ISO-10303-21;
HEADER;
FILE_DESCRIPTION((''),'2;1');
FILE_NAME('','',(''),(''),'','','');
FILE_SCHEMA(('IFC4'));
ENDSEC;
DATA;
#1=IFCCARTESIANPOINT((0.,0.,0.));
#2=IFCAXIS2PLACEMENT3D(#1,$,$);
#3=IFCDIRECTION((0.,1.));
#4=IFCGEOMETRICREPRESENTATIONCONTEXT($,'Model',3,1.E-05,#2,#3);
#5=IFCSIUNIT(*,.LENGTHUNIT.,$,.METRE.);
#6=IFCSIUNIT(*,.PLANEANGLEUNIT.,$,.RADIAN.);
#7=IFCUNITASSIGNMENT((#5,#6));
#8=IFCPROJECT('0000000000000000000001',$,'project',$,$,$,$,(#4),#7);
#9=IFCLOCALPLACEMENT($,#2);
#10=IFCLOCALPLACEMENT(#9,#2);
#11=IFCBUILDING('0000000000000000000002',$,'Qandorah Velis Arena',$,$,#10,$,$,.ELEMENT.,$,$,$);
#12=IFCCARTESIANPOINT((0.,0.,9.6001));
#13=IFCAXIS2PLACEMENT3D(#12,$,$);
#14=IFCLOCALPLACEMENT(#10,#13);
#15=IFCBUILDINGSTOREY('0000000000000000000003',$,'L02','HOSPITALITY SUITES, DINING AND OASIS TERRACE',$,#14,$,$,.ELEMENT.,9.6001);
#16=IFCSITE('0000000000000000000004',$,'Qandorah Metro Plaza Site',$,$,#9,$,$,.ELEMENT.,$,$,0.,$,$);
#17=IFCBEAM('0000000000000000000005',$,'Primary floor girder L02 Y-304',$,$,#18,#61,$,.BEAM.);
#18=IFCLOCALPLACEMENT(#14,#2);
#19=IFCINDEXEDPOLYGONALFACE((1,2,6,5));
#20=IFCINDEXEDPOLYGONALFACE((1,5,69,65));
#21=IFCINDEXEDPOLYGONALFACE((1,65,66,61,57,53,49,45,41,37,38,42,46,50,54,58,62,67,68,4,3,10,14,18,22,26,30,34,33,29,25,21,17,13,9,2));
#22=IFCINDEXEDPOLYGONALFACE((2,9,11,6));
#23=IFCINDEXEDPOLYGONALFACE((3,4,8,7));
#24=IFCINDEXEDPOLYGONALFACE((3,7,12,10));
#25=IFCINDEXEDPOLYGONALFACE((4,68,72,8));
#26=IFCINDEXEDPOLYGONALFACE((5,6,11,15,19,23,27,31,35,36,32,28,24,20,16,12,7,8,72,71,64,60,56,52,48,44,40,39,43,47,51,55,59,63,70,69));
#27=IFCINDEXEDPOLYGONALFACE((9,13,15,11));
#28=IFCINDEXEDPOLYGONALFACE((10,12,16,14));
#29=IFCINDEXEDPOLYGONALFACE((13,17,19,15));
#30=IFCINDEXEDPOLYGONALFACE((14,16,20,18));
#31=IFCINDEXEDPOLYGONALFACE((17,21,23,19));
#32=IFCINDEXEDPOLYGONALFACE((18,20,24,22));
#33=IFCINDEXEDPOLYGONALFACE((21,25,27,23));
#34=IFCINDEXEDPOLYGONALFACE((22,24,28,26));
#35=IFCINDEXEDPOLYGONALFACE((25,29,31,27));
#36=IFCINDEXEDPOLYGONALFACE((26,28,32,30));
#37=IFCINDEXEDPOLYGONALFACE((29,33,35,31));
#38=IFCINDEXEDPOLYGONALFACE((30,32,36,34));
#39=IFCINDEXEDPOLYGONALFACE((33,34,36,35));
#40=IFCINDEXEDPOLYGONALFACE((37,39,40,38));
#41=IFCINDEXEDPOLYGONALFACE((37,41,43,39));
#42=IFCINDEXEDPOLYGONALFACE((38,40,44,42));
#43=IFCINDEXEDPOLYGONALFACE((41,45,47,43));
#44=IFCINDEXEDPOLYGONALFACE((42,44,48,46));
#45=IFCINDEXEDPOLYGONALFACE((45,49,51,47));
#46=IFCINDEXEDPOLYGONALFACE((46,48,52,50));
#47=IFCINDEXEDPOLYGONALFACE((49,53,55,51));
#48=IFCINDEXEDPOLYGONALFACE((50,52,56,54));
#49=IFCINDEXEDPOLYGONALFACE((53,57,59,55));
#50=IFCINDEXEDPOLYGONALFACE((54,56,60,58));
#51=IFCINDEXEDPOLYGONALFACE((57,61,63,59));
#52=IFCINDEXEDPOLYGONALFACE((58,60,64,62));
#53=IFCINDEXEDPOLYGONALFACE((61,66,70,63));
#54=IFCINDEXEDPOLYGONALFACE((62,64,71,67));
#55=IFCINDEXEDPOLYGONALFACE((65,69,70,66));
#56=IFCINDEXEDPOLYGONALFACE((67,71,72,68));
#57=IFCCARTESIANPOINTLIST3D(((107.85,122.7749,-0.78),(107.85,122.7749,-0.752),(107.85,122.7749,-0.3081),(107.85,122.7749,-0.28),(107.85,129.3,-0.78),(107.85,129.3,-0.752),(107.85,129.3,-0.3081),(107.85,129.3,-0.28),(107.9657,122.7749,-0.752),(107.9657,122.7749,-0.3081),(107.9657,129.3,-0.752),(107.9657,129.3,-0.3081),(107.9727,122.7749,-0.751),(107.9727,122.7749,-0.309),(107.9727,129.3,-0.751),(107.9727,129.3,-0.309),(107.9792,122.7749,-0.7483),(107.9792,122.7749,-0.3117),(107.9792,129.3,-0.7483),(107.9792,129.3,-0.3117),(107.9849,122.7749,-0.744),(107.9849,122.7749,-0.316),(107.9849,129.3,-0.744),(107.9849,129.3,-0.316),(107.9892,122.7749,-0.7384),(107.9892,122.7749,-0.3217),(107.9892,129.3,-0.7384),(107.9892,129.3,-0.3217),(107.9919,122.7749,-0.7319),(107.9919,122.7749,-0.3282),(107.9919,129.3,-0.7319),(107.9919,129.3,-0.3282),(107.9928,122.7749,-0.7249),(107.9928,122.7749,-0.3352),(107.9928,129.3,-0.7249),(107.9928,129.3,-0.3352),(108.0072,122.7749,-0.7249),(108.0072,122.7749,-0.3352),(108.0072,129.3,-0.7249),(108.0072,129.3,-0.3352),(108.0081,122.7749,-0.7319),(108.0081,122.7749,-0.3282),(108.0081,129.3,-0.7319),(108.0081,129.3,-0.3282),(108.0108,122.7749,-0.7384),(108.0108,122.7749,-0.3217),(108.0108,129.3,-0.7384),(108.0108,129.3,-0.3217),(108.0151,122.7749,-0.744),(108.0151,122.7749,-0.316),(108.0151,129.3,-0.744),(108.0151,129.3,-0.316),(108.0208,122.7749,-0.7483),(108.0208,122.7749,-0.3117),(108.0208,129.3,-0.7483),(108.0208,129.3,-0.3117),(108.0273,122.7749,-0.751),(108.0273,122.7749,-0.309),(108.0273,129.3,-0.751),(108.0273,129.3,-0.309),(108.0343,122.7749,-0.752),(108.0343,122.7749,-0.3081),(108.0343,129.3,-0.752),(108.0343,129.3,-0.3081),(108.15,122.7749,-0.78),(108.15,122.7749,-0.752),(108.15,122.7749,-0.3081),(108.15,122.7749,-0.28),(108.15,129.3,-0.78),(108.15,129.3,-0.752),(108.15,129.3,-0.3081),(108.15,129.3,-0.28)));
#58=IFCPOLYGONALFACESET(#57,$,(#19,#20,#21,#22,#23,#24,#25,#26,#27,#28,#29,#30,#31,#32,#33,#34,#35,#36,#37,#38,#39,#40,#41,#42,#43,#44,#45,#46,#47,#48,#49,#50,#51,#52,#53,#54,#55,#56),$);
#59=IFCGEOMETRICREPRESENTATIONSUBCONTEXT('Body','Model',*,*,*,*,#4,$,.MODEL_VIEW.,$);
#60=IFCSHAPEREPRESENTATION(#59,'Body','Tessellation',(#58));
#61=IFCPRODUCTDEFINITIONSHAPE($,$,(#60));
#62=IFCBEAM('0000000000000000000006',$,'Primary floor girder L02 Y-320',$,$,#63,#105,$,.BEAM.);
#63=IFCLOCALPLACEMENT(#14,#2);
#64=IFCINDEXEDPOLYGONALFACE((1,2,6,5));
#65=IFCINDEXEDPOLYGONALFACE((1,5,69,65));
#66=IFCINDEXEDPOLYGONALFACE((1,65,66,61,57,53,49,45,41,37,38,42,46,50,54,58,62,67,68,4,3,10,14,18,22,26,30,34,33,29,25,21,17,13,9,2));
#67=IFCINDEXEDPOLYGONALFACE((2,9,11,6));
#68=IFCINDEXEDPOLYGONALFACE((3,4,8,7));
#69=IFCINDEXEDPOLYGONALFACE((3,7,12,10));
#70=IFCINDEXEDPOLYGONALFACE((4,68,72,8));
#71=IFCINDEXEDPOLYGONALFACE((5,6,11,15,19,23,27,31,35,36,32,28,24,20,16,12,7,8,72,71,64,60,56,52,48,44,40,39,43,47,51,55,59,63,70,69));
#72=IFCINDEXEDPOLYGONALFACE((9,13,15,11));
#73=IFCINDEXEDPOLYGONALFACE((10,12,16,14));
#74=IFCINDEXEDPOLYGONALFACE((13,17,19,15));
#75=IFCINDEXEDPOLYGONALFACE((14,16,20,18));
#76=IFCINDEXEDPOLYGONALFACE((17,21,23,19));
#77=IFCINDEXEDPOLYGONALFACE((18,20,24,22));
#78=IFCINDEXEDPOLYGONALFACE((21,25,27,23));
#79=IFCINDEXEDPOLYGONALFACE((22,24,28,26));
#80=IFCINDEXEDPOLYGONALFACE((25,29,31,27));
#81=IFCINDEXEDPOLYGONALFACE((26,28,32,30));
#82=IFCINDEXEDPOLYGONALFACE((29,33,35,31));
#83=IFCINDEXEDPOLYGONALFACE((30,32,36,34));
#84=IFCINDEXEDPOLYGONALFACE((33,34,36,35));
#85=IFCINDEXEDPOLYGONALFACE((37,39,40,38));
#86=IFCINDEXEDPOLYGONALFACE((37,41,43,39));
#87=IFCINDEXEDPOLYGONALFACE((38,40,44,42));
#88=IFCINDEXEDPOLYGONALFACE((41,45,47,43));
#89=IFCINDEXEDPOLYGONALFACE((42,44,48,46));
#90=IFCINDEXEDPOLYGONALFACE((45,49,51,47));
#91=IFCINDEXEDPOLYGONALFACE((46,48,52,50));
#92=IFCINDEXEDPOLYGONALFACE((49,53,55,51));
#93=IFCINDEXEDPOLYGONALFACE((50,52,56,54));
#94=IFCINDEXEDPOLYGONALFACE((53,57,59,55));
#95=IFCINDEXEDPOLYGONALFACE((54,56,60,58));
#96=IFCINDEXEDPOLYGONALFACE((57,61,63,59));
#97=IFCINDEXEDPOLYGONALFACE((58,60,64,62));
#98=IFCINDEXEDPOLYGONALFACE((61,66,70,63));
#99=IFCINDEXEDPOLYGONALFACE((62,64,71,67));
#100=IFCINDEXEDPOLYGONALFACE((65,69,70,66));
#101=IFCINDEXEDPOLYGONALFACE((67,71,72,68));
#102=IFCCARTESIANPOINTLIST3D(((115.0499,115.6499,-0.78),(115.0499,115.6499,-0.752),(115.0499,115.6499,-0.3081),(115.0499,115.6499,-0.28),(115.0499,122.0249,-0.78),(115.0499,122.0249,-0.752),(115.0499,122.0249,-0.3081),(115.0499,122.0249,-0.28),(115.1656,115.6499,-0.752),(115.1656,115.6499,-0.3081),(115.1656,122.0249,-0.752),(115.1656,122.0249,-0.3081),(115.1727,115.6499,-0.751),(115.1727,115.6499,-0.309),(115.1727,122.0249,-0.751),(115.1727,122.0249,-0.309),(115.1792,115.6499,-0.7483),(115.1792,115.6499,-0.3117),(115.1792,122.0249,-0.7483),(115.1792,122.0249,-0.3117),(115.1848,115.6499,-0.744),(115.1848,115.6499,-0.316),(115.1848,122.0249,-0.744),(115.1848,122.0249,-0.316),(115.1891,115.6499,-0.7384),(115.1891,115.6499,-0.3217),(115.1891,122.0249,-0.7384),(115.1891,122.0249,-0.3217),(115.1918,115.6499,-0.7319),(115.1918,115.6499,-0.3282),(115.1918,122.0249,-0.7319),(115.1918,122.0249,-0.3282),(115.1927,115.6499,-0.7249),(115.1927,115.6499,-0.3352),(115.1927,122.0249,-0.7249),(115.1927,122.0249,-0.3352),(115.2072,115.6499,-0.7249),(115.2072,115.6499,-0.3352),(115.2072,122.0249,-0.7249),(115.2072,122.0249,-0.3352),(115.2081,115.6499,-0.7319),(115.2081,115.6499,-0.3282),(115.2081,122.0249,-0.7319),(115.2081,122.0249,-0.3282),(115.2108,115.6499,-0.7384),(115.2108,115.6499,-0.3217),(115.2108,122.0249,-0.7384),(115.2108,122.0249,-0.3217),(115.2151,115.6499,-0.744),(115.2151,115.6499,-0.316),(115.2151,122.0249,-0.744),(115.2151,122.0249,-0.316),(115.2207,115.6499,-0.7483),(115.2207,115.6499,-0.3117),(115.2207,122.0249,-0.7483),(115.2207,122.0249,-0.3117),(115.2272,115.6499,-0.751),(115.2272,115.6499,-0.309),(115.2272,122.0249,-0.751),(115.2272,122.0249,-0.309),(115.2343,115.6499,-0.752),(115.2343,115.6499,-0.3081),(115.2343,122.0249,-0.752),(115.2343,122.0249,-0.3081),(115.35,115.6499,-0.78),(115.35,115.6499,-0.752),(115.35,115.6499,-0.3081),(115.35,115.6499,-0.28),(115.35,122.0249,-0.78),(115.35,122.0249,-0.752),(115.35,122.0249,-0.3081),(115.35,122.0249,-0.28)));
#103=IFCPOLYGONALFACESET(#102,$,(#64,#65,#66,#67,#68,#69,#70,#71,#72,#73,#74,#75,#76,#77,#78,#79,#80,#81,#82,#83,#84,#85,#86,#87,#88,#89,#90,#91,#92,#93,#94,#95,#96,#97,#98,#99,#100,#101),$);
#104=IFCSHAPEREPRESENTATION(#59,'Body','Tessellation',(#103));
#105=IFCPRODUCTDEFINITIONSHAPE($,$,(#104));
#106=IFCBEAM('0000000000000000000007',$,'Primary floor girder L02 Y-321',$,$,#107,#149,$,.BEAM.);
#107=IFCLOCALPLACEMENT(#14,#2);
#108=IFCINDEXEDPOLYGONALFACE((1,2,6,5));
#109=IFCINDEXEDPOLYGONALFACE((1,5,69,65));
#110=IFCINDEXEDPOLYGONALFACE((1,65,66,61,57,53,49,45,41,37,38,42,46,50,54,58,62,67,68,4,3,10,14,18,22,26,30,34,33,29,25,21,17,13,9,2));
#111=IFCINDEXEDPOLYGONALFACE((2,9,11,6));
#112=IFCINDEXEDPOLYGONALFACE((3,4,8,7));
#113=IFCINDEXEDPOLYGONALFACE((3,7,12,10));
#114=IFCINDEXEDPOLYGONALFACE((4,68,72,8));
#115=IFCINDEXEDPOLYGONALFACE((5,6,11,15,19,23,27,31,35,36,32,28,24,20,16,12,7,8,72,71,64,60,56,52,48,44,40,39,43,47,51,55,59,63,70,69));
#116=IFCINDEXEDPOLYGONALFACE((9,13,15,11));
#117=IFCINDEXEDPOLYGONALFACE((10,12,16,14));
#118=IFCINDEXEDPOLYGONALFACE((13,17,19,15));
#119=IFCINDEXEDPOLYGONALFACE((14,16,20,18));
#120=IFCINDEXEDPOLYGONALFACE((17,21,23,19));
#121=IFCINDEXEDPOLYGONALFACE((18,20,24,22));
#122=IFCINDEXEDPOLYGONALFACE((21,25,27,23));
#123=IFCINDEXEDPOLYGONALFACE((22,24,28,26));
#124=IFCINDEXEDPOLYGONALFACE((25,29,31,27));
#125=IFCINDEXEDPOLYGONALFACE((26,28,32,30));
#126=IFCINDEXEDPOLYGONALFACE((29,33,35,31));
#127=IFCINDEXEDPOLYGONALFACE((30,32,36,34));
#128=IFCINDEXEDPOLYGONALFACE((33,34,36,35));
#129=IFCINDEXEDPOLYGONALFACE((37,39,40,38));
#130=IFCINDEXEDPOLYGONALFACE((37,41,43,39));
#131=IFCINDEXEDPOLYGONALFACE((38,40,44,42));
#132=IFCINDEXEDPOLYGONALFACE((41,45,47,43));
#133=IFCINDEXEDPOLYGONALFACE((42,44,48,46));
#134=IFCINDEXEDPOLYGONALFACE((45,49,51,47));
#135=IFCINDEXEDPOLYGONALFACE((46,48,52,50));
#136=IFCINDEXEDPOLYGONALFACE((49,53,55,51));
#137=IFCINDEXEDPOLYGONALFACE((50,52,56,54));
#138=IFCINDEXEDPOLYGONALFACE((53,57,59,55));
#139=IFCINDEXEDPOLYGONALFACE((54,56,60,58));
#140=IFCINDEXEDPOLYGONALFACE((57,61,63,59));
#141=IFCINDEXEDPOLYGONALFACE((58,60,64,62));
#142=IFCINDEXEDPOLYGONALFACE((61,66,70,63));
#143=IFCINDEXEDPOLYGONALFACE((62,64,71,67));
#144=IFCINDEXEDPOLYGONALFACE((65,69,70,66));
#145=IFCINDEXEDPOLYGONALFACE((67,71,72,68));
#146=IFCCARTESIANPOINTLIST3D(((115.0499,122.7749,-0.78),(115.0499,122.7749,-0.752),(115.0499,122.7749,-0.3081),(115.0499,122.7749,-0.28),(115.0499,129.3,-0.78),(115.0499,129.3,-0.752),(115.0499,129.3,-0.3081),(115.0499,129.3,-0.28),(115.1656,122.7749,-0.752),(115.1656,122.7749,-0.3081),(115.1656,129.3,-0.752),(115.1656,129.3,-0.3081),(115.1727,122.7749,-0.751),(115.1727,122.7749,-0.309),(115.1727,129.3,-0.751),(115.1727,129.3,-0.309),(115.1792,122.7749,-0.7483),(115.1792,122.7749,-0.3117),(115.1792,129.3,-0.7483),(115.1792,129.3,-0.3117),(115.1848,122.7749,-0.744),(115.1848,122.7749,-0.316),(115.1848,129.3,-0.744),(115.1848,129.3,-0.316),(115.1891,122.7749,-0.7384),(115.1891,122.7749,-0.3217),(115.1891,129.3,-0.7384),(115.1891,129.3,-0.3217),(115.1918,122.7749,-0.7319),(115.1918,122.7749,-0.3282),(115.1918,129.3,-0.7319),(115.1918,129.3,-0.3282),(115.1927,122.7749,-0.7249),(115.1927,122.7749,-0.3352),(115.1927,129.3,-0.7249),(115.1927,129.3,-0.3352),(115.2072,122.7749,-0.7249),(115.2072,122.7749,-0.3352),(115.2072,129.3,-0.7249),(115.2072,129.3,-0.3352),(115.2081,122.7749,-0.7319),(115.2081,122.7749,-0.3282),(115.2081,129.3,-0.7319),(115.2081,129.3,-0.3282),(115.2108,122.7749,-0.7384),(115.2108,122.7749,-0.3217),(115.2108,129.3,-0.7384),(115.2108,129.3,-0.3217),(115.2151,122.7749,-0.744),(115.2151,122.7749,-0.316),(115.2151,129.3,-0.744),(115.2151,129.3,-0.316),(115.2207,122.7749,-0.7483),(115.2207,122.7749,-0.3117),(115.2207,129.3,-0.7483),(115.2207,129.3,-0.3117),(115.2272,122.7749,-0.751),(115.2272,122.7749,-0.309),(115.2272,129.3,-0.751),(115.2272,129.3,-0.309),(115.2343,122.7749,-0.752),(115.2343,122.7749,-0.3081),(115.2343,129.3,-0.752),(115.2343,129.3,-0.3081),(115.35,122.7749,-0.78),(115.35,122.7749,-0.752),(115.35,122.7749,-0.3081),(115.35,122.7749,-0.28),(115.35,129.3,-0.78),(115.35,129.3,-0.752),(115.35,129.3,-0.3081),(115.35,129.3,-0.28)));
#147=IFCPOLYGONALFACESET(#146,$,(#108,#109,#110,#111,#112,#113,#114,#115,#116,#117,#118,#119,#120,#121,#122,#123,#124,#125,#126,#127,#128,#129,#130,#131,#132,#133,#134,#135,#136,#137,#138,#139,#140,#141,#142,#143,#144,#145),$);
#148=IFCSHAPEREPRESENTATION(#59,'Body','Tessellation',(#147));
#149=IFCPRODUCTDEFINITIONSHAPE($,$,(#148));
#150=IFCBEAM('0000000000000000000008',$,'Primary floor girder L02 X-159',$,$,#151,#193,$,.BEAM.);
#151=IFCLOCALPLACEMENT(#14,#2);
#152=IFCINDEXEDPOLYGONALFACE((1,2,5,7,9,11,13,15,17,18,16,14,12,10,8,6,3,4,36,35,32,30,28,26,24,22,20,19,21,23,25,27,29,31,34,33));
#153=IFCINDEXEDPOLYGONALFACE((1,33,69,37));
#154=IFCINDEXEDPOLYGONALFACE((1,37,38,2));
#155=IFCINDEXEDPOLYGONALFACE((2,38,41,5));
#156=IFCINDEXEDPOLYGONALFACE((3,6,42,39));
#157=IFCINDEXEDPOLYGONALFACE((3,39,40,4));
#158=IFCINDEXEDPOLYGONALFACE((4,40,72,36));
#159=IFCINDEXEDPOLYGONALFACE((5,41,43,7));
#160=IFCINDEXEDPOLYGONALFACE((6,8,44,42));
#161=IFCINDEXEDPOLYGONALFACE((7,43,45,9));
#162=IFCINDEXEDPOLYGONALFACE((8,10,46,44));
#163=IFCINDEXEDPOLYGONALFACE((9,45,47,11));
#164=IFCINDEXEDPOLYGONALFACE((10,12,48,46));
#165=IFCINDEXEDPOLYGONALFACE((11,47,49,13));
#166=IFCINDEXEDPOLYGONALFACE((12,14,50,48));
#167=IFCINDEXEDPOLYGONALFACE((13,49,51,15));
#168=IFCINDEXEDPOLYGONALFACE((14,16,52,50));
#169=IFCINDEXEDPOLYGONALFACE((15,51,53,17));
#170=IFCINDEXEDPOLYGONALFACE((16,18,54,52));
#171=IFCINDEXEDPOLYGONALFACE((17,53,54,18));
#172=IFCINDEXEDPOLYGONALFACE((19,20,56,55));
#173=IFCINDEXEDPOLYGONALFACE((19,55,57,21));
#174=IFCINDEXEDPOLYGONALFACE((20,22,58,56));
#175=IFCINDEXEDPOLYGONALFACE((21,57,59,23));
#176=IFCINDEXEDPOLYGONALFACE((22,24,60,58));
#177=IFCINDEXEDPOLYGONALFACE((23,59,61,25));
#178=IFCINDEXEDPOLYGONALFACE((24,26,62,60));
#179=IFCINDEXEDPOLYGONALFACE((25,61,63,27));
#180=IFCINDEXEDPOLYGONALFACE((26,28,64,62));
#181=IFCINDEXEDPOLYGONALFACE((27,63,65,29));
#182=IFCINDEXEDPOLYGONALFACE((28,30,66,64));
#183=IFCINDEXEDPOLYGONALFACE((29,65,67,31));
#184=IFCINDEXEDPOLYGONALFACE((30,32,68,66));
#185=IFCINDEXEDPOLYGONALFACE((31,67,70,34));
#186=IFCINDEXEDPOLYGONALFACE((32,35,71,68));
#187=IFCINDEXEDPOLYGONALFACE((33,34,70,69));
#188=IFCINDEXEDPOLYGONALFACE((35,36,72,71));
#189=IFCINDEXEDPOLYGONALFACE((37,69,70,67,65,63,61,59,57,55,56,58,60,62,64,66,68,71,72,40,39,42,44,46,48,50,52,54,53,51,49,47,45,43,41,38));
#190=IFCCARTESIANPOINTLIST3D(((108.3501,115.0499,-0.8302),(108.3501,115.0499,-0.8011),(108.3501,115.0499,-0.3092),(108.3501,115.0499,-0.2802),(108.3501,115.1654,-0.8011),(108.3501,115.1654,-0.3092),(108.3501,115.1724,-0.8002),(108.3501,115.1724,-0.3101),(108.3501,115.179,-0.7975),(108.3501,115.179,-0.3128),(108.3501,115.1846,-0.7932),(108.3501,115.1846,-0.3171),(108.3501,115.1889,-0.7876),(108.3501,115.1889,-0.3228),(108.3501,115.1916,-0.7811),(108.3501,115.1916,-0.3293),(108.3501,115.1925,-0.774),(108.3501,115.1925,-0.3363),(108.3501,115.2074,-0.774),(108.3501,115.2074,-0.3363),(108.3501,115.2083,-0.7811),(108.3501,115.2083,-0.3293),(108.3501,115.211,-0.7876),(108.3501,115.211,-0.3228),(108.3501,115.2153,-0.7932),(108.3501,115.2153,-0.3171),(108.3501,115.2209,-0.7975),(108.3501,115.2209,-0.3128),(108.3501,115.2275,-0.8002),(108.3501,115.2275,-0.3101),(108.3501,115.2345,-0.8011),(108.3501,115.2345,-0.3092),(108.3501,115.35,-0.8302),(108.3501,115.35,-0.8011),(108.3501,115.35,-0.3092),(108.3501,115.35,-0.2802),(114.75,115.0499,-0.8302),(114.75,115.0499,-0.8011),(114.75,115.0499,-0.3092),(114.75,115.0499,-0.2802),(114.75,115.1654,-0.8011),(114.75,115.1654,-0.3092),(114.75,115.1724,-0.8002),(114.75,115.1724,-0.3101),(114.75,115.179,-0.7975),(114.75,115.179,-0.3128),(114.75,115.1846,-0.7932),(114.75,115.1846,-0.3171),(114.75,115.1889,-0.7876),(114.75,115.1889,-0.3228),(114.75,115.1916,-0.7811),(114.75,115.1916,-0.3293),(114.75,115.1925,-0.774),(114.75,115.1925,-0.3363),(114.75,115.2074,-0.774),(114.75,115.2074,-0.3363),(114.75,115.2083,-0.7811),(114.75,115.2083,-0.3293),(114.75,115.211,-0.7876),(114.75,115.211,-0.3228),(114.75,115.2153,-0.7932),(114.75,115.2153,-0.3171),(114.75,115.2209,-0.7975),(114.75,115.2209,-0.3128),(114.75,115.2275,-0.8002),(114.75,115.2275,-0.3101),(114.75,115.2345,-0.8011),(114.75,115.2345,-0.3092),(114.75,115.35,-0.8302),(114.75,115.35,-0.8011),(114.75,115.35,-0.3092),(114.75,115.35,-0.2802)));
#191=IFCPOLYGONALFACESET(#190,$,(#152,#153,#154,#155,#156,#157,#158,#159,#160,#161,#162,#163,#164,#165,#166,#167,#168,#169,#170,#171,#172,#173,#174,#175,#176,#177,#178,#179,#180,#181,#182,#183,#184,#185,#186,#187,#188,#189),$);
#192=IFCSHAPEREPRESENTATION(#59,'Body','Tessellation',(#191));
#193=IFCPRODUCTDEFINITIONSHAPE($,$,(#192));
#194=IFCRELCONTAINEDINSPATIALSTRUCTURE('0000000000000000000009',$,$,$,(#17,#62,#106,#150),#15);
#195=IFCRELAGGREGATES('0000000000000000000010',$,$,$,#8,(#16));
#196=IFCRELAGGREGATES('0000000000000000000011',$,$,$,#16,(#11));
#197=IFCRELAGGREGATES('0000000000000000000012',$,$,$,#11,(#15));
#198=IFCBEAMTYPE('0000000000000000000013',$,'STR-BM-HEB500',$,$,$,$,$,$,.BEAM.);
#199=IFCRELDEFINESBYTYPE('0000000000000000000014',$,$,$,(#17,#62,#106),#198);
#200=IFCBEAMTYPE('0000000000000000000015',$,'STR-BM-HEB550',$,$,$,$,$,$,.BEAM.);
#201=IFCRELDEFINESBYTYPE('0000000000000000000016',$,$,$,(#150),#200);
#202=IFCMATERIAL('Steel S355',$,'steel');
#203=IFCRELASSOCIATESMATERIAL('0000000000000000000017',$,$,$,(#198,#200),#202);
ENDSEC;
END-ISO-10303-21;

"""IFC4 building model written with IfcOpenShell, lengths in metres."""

from ifc_helpers import new_model, si_unit, direction, frame, origin, origin_2d, place, context, subcontext, project, spatial, i_section, extrude, material, material_profile, profile_set, type_object, element, save


model = new_model("IFC4")

# Units and contexts
model_context = context("Model", 3, precision=1e-05, world=origin(), true_north=direction((0.0, 1.0)))
body_context = subcontext(model_context, "Body", "Model", "MODEL_VIEW")
ifc_project = project(units=[si_unit("LENGTHUNIT", "METRE"), si_unit("PLANEANGLEUNIT", "RADIAN")], contexts=[model_context])

# Site, building, storey
site_placement = place(None, origin())
site = spatial("IfcSite", under=ifc_project, at=site_placement, Name="Qandorah Metro Plaza Site", CompositionType="ELEMENT", RefElevation=0.0)
building_placement = place(site_placement, origin())
building = spatial("IfcBuilding", under=site, at=building_placement, Name="Qandorah Velis Arena", CompositionType="ELEMENT")
storey_placement = place(building_placement, frame((0.0, 0.0, 9.6001)))
storey = spatial("IfcBuildingStorey", under=building, at=storey_placement, Name="L02", Description="HOSPITALITY SUITES, DINING AND OASIS TERRACE", CompositionType="ELEMENT", Elevation=9.6001)

# Shared definitions
ifc_material_1 = material(Name="Steel S355", Category="steel")

# Beams
ifc_material_profile_1 = material_profile(ifc_material_1, i_section(OverallWidth=0.3, OverallDepth=0.5, WebThickness=0.0144, FlangeThickness=0.0281, FilletRadius=0.0271, at=origin_2d()), Name="HEB 500")
ifc_profile_set_1 = profile_set([ifc_material_profile_1], Name="Steel S355")
beam_type_1 = type_object("IfcBeamType", Name="STR-BM-HEB500", PredefinedType="BEAM", material=ifc_profile_set_1)
beam_1_placement = place(storey_placement, frame((108.0, 122.7749, -0.53), z_axis=(0.0, 1.0, 0.0), x_axis=(-1.0, 0.0, 0.0)))
element("IfcBeam", 1, at=beam_1_placement, inside=storey, type_object=beam_type_1, Name="Primary floor girder L02 Y-304", PredefinedType="BEAM", context=body_context, shape_type="SweptSolid", body=[
    extrude(i_section(OverallWidth=0.3, OverallDepth=0.5, WebThickness=0.0144, FlangeThickness=0.0281, FilletRadius=0.0271, at=origin_2d()), origin(), (0.0, 0.0, 1.0), 6.5251),
])
beam_2_placement = place(storey_placement, frame((115.2, 115.6499, -0.53), z_axis=(0.0, 1.0, 0.0), x_axis=(-1.0, 0.0, 0.0)))
element("IfcBeam", 2, at=beam_2_placement, inside=storey, type_object=beam_type_1, Name="Primary floor girder L02 Y-320", PredefinedType="BEAM", context=body_context, shape_type="SweptSolid", body=[
    extrude(i_section(OverallWidth=0.3, OverallDepth=0.5, WebThickness=0.0144, FlangeThickness=0.0281, FilletRadius=0.0271, at=origin_2d()), origin(), (0.0, 0.0, 1.0), 6.375),
])
beam_3_placement = place(storey_placement, frame((115.2, 122.7749, -0.53), z_axis=(0.0, 1.0, 0.0), x_axis=(-1.0, 0.0, 0.0)))
element("IfcBeam", 3, at=beam_3_placement, inside=storey, type_object=beam_type_1, Name="Primary floor girder L02 Y-321", PredefinedType="BEAM", context=body_context, shape_type="SweptSolid", body=[
    extrude(i_section(OverallWidth=0.3, OverallDepth=0.5, WebThickness=0.0144, FlangeThickness=0.0281, FilletRadius=0.0271, at=origin_2d()), origin(), (0.0, 0.0, 1.0), 6.5251),
])
ifc_material_profile_2 = material_profile(ifc_material_1, i_section(OverallWidth=0.3, OverallDepth=0.55, WebThickness=0.0149, FlangeThickness=0.0291, FilletRadius=0.0271, at=origin_2d()), Name="HEB 550")
ifc_profile_set_2 = profile_set([ifc_material_profile_2], Name="Steel S355")
beam_type_2 = type_object("IfcBeamType", Name="STR-BM-HEB550", PredefinedType="BEAM", material=ifc_profile_set_2)
beam_4_placement = place(storey_placement, frame((108.3501, 115.2, -0.5552), z_axis=(1.0, 0.0, 0.0), x_axis=(0.0, 1.0, 0.0)))
element("IfcBeam", 4, at=beam_4_placement, inside=storey, type_object=beam_type_2, Name="Primary floor girder L02 X-159", PredefinedType="BEAM", context=body_context, shape_type="SweptSolid", body=[
    extrude(i_section(OverallWidth=0.3, OverallDepth=0.55, WebThickness=0.0149, FlangeThickness=0.0291, FilletRadius=0.0271, at=origin_2d()), origin(), (0.0, 0.0, 1.0), 6.3999),
])

save(model, "model.ifc")
